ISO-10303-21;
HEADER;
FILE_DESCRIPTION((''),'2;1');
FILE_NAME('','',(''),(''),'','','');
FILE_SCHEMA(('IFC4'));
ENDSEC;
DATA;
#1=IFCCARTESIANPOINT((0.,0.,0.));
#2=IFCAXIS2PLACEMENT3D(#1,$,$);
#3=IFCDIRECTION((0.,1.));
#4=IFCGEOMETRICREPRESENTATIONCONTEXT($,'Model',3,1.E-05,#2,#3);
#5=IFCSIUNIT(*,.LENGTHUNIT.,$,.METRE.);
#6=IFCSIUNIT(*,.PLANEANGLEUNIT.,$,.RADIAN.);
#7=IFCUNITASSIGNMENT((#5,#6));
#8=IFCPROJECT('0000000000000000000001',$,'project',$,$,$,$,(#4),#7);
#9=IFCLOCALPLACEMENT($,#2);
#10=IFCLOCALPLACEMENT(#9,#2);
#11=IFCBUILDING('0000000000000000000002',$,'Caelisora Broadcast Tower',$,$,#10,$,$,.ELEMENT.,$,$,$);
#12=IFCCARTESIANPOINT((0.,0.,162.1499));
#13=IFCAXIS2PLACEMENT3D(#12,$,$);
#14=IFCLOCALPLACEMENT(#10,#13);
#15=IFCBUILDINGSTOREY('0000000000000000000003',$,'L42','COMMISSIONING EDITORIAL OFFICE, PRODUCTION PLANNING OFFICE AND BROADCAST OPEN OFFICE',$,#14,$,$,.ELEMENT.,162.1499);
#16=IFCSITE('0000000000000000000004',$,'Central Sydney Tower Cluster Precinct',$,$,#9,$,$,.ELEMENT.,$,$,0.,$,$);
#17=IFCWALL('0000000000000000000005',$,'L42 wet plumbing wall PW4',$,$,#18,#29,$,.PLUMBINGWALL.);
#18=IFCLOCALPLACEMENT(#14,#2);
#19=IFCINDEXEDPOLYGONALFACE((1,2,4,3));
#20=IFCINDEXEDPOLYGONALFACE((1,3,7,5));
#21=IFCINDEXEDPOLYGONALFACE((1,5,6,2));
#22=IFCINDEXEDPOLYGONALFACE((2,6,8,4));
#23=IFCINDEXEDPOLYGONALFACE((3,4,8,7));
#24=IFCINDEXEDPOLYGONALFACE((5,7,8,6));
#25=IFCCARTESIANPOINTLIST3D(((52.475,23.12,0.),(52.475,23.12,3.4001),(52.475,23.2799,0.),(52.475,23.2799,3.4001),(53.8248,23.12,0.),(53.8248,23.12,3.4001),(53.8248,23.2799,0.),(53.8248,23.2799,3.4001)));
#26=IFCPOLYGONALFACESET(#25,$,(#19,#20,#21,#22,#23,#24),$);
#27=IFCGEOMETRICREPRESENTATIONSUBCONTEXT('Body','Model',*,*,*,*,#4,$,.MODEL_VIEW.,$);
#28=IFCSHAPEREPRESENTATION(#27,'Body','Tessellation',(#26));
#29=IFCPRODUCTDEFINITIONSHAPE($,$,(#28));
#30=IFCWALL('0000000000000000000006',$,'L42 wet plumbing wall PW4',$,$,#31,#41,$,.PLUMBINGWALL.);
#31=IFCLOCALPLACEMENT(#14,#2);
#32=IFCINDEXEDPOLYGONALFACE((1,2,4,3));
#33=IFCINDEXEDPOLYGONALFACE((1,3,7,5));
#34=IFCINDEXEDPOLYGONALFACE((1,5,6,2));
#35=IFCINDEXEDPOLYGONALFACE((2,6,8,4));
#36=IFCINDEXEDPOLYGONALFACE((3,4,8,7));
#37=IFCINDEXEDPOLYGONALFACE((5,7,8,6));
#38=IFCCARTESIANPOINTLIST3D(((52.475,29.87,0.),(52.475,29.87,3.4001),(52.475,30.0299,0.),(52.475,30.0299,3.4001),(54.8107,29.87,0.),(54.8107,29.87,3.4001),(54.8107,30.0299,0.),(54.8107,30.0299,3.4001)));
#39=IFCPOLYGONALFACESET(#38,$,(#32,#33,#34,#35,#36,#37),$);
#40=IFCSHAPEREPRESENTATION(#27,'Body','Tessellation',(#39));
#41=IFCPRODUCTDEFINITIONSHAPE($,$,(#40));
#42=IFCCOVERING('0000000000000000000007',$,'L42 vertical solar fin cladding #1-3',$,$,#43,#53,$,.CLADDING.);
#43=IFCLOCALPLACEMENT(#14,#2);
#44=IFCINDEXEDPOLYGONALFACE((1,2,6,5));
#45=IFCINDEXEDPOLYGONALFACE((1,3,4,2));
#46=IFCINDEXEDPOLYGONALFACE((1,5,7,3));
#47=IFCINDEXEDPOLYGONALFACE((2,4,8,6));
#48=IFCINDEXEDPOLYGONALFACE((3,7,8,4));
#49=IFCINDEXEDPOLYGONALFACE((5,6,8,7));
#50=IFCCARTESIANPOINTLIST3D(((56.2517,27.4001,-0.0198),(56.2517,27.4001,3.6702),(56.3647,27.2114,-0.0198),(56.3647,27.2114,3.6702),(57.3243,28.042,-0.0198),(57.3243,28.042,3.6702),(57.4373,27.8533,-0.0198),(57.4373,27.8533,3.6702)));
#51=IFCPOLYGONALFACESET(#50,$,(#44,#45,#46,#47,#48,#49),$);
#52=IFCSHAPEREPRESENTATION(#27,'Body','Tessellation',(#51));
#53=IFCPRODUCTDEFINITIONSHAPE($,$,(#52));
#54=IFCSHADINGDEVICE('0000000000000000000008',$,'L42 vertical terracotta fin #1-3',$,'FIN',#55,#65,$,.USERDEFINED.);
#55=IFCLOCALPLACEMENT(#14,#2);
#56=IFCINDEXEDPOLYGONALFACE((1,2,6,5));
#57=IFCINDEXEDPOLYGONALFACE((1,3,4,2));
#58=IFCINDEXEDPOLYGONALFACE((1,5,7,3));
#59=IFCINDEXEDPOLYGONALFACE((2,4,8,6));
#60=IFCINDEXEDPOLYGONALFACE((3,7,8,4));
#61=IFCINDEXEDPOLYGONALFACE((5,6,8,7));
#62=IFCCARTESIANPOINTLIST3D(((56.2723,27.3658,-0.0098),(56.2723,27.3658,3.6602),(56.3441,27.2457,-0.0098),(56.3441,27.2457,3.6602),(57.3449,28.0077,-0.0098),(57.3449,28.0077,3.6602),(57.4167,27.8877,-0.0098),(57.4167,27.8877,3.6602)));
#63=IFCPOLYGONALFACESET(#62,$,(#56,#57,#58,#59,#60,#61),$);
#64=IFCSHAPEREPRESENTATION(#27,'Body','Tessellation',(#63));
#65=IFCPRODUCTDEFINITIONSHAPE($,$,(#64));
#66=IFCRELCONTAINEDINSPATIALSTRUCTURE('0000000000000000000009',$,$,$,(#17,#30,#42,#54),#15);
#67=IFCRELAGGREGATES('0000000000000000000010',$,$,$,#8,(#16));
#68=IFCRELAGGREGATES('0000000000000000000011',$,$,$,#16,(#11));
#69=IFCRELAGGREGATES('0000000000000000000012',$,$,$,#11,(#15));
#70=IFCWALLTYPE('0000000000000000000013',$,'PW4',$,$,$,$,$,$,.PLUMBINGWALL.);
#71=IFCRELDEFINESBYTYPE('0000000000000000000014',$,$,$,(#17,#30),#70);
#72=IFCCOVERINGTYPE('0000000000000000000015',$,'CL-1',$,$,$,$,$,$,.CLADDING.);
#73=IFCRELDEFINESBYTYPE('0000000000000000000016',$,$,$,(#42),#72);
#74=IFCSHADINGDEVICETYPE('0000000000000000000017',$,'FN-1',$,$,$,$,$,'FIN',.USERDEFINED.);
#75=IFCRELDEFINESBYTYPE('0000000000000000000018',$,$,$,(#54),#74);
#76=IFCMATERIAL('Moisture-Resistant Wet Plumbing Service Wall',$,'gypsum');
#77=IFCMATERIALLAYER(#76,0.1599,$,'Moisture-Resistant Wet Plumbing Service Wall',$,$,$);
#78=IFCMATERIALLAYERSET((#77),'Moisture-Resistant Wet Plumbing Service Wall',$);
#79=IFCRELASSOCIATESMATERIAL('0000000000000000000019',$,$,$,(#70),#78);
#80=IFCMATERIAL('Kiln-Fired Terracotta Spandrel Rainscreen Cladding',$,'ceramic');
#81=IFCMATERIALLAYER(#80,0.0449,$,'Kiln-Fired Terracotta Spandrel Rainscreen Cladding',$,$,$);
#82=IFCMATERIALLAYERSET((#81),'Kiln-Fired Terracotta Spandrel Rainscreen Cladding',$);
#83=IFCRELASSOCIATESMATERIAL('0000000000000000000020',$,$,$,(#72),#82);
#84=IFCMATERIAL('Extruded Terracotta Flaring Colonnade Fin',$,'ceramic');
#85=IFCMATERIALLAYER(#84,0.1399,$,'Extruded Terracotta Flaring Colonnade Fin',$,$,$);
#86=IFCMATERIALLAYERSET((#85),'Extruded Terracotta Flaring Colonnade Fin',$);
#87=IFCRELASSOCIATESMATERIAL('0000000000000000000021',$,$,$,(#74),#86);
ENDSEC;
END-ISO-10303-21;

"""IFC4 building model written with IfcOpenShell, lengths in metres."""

from ifc_helpers import new_model, si_unit, direction, frame, frame_2d, origin, origin_2d, place, context, subcontext, project, spatial, rectangle, extrude, source, transform, mapped, material, layer, layer_set, type_object, type_shapes, element, save


model = new_model("IFC4")

# Units and contexts
model_context = context("Model", 3, precision=1e-05, world=origin(), true_north=direction((0.0, 1.0)))
body_context = subcontext(model_context, "Body", "Model", "MODEL_VIEW")
ifc_project = project(units=[si_unit("LENGTHUNIT", "METRE"), si_unit("PLANEANGLEUNIT", "RADIAN")], contexts=[model_context])

# Site, building, storey
site_placement = place(None, origin())
site = spatial("IfcSite", under=ifc_project, at=site_placement, Name="Central Sydney Tower Cluster Precinct", CompositionType="ELEMENT", RefElevation=0.0)
building_placement = place(site_placement, origin())
building = spatial("IfcBuilding", under=site, at=building_placement, Name="Caelisora Broadcast Tower", CompositionType="ELEMENT")
storey_placement = place(building_placement, frame((0.0, 0.0, 162.1499)))
storey = spatial("IfcBuildingStorey", under=building, at=storey_placement, Name="L42", Description="COMMISSIONING EDITORIAL OFFICE, PRODUCTION PLANNING OFFICE AND BROADCAST OPEN OFFICE", CompositionType="ELEMENT", Elevation=162.1499)

# Shared definitions
ifc_material_1 = material(Name="Moisture-Resistant Wet Plumbing Service Wall", Category="gypsum")
ifc_layer_1 = layer(ifc_material_1, 0.1599, Name="Moisture-Resistant Wet Plumbing Service Wall")
ifc_layer_set_1 = layer_set([ifc_layer_1], Name="Moisture-Resistant Wet Plumbing Service Wall")
wall_type = type_object("IfcWallType", Name="PW4", PredefinedType="PLUMBINGWALL", material=ifc_layer_set_1)

# Walls
wall_1_placement = place(storey_placement, frame((52.4751, 23.2, 0.0), z_axis=(0.0, 0.0, 1.0), x_axis=(1.0, 0.0, 0.0)))
element("IfcWall", 1, at=wall_1_placement, inside=storey, type_object=wall_type, Name="L42 wet plumbing wall PW4", PredefinedType="PLUMBINGWALL", context=body_context, shape_type="SweptSolid", body=[
    extrude(rectangle(XDim=1.3499, YDim=0.1599, at=frame_2d((0.6748, 0.0))), origin(), (0.0, 0.0, 1.0), 3.4001),
])
wall_2_placement = place(storey_placement, frame((54.8108, 29.95, 0.0), z_axis=(0.0, 0.0, 1.0), x_axis=(-1.0, 0.0, 0.0)))
element("IfcWall", 2, at=wall_2_placement, inside=storey, type_object=wall_type, Name="L42 wet plumbing wall PW4", PredefinedType="PLUMBINGWALL", context=body_context, shape_type="SweptSolid", body=[
    extrude(rectangle(XDim=2.3357, YDim=0.1599, at=frame_2d((1.168, 0.0))), origin(), (0.0, 0.0, 1.0), 3.4001),
])

# Covering
ifc_material_2 = material(Name="Kiln-Fired Terracotta Spandrel Rainscreen Cladding", Category="ceramic")
ifc_layer_2 = layer(ifc_material_2, 0.0449, Name="Kiln-Fired Terracotta Spandrel Rainscreen Cladding")
ifc_layer_set_2 = layer_set([ifc_layer_2], Name="Kiln-Fired Terracotta Spandrel Rainscreen Cladding")
covering_type = type_object("IfcCoveringType", Name="CL-1", PredefinedType="CLADDING", material=ifc_layer_set_2)
shared_shape_1 = source(origin(), body_context, "Body", "SweptSolid", [
    extrude(rectangle(XDim=0.22, YDim=1.25, at=origin_2d()), origin(), (0.0, 0.0, 1.0), 3.6899),
])
type_shapes(covering_type, [shared_shape_1])
covering_placement = place(storey_placement, frame((56.8445, 27.6267, -0.0198), z_axis=(0.0, 0.0, 1.0), x_axis=(0.513541, -0.858065, 0.0)))
element("IfcCovering", 3, at=covering_placement, inside=storey, type_object=covering_type, Name="L42 vertical solar fin cladding #1-3", PredefinedType="CLADDING", context=body_context, shape_type="MappedRepresentation", body=[
    mapped(shared_shape_1, transform((0.0, 0.0, 0.0), scale=1.0)),
])

# Shading device
ifc_material_3 = material(Name="Extruded Terracotta Flaring Colonnade Fin", Category="ceramic")
ifc_layer_3 = layer(ifc_material_3, 0.1399, Name="Extruded Terracotta Flaring Colonnade Fin")
ifc_layer_set_3 = layer_set([ifc_layer_3], Name="Extruded Terracotta Flaring Colonnade Fin")
shading_device_type = type_object("IfcShadingDeviceType", Name="FN-1", ElementType="FIN", PredefinedType="USERDEFINED", material=ifc_layer_set_3)
shared_shape_2 = source(origin(), body_context, "Body", "SweptSolid", [
    extrude(rectangle(XDim=0.1399, YDim=1.25, at=origin_2d()), origin(), (0.0, 0.0, 1.0), 3.6699),
])
type_shapes(shading_device_type, [shared_shape_2])
shading_device_placement = place(storey_placement, frame((56.8445, 27.6267, -0.0098), z_axis=(0.0, 0.0, 1.0), x_axis=(0.513541, -0.858065, 0.0)))
element("IfcShadingDevice", 4, at=shading_device_placement, inside=storey, type_object=shading_device_type, Name="L42 vertical terracotta fin #1-3", ObjectType="FIN", PredefinedType="USERDEFINED", context=body_context, shape_type="MappedRepresentation", body=[
    mapped(shared_shape_2, transform((0.0, 0.0, 0.0), scale=1.0)),
])

save(model, "model.ifc")
